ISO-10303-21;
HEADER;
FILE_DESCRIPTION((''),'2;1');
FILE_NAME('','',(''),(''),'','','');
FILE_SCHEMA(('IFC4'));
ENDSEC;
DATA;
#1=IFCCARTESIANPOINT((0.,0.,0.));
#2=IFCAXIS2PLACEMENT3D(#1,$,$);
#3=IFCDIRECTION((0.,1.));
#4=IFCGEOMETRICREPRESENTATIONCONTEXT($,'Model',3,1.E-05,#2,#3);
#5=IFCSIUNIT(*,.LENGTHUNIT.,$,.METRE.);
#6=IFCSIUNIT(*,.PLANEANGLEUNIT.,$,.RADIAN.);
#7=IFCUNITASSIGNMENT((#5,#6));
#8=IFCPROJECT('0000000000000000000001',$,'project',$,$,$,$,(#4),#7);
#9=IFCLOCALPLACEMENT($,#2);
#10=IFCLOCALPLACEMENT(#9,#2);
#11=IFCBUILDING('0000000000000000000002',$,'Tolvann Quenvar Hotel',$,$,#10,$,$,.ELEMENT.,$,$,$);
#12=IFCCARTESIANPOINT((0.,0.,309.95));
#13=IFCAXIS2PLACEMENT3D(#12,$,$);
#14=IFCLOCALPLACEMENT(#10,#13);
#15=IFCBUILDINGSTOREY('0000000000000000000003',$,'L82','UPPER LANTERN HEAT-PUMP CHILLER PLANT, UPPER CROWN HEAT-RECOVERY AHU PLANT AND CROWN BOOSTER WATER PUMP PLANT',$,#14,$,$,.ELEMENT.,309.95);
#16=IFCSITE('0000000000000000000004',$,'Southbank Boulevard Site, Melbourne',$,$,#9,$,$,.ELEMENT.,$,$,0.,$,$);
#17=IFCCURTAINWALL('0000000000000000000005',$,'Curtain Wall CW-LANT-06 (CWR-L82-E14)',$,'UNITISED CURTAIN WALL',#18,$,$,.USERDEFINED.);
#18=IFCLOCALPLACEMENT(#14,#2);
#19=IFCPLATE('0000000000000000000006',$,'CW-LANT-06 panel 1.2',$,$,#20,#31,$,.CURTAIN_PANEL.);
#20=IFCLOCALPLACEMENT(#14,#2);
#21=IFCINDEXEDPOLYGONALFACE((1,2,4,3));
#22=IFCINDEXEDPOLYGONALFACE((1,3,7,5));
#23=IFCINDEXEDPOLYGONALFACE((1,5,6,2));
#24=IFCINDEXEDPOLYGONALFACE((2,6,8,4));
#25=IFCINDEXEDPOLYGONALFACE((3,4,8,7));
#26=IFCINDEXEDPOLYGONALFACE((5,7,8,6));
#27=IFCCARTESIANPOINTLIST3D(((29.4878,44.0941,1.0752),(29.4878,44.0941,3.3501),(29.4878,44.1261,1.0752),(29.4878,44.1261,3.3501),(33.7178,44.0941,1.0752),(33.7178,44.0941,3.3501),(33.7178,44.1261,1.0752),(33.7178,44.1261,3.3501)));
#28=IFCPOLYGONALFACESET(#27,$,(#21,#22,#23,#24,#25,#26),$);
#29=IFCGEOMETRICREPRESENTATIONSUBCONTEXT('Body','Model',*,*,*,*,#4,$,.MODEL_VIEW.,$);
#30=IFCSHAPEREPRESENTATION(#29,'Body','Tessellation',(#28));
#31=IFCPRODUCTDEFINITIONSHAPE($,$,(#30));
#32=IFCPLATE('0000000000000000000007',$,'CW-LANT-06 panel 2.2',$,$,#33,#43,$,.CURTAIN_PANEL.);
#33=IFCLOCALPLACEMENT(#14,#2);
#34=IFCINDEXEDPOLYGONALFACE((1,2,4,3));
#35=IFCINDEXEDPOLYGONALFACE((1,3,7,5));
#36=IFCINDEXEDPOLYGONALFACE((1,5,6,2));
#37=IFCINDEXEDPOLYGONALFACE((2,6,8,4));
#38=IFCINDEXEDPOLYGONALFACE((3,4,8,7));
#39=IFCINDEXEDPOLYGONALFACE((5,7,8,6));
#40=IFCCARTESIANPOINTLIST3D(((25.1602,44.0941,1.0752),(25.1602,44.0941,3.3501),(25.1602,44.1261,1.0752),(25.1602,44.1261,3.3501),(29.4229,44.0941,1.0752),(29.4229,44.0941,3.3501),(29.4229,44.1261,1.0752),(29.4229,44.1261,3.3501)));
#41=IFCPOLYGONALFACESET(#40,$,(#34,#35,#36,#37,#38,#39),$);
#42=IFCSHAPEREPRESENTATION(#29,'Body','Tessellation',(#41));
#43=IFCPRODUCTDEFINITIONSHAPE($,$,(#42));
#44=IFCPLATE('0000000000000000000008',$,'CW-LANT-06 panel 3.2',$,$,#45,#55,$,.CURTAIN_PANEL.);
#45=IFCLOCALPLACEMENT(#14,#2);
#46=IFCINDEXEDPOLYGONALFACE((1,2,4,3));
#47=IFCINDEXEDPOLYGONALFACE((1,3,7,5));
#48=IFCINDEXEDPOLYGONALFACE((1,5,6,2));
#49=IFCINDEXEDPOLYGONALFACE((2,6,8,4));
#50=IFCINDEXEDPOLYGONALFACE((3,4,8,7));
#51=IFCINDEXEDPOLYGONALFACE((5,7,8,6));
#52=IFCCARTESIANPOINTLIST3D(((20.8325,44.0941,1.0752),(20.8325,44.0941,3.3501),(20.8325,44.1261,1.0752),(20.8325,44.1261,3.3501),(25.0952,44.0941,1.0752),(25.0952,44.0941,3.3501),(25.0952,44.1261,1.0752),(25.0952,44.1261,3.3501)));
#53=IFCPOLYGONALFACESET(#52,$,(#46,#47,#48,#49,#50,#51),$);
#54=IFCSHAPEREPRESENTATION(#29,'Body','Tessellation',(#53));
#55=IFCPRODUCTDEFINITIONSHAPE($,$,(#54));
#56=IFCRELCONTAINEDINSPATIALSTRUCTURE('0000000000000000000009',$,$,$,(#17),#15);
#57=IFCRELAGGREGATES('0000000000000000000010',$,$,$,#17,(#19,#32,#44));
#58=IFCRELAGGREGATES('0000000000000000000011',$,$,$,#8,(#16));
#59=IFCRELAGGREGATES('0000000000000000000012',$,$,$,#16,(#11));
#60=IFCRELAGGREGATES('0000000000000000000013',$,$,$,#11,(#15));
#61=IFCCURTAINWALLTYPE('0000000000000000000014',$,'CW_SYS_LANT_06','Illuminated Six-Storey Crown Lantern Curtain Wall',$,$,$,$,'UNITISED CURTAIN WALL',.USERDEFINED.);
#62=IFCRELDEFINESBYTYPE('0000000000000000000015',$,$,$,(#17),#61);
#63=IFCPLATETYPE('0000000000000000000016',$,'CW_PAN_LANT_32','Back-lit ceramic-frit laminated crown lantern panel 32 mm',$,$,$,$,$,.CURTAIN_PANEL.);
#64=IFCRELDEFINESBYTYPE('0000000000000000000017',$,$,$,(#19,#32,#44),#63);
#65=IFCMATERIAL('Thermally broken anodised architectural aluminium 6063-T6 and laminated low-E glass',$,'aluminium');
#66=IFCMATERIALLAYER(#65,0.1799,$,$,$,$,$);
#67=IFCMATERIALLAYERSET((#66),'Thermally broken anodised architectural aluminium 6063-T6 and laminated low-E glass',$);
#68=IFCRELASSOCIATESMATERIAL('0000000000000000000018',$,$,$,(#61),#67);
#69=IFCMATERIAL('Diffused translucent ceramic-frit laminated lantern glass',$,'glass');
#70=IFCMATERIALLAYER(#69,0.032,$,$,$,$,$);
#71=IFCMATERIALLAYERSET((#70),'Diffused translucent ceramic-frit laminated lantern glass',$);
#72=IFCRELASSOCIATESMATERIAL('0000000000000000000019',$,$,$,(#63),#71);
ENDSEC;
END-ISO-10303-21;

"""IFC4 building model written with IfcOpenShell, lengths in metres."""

from ifc_helpers import new_model, si_unit, direction, frame, origin, origin_2d, place, context, subcontext, project, spatial, rectangle, extrude, source, transform, mapped, material, layer, layer_set, type_object, element, aggregate, save


model = new_model("IFC4")

# Units and contexts
model_context = context("Model", 3, precision=1e-05, world=origin(), true_north=direction((0.0, 1.0)))
body_context = subcontext(model_context, "Body", "Model", "MODEL_VIEW")
ifc_project = project(units=[si_unit("LENGTHUNIT", "METRE"), si_unit("PLANEANGLEUNIT", "RADIAN")], contexts=[model_context])

# Site, building, storey
site_placement = place(None, origin())
site = spatial("IfcSite", under=ifc_project, at=site_placement, Name="Southbank Boulevard Site, Melbourne", CompositionType="ELEMENT", RefElevation=0.0)
building_placement = place(site_placement, origin())
building = spatial("IfcBuilding", under=site, at=building_placement, Name="Tolvann Quenvar Hotel", CompositionType="ELEMENT")
storey_placement = place(building_placement, frame((0.0, 0.0, 309.95)))
storey = spatial("IfcBuildingStorey", under=building, at=storey_placement, Name="L82", Description="UPPER LANTERN HEAT-PUMP CHILLER PLANT, UPPER CROWN HEAT-RECOVERY AHU PLANT AND CROWN BOOSTER WATER PUMP PLANT", CompositionType="ELEMENT", Elevation=309.95)

# Curtain wall
ifc_material_1 = material(Name="Thermally broken anodised architectural aluminium 6063-T6 and laminated low-E glass", Category="aluminium")
ifc_layer_1 = layer(ifc_material_1, 0.1799)
ifc_layer_set_1 = layer_set([ifc_layer_1], Name="Thermally broken anodised architectural aluminium 6063-T6 and laminated low-E glass")
curtain_wall_type = type_object("IfcCurtainWallType", Name="CW_SYS_LANT_06", Description="Illuminated Six-Storey Crown Lantern Curtain Wall", ElementType="UNITISED CURTAIN WALL", PredefinedType="USERDEFINED", material=ifc_layer_set_1)
curtain_wall_1_placement = place(storey_placement, origin())
curtain_wall_1 = element("IfcCurtainWall", 1, at=curtain_wall_1_placement, inside=storey, type_object=curtain_wall_type, Name="Curtain Wall CW-LANT-06 (CWR-L82-E14)", ObjectType="UNITISED CURTAIN WALL", PredefinedType="USERDEFINED")

# Plates
ifc_material_2 = material(Name="Diffused translucent ceramic-frit laminated lantern glass", Category="glass")
ifc_layer_2 = layer(ifc_material_2, 0.032)
ifc_layer_set_2 = layer_set([ifc_layer_2], Name="Diffused translucent ceramic-frit laminated lantern glass")
plate_type = type_object("IfcPlateType", Name="CW_PAN_LANT_32", Description="Back-lit ceramic-frit laminated crown lantern panel 32 mm", PredefinedType="CURTAIN_PANEL", material=ifc_layer_set_2)
shared_shape_1 = source(origin(), body_context, "Body", "SweptSolid", [
    extrude(rectangle(XDim=4.23, YDim=0.032, at=origin_2d()), origin(), (0.0, 0.0, 1.0), 2.2749),
])
plate_1_placement = place(storey_placement, frame((31.6028, 44.1101, 1.0752), z_axis=(0.0, 0.0, 1.0), x_axis=(-1.0, 0.0, 0.0)))
plate_1 = element("IfcPlate", 2, at=plate_1_placement, type_object=plate_type, Name="CW-LANT-06 panel 1.2", PredefinedType="CURTAIN_PANEL", context=body_context, shape_type="MappedRepresentation", body=[
    mapped(shared_shape_1, transform((0.0, 0.0, 0.0), x_axis=(1.0, 0.0, 0.0), y_axis=(0.0, 1.0, 0.0), z_axis=(0.0, 0.0, 1.0), scale=1.0)),
])
shared_shape_2 = source(origin(), body_context, "Body", "SweptSolid", [
    extrude(rectangle(XDim=4.2627, YDim=0.032, at=origin_2d()), origin(), (0.0, 0.0, 1.0), 2.2749),
])
plate_2_placement = place(storey_placement, frame((27.2915, 44.1101, 1.0752), z_axis=(0.0, 0.0, 1.0), x_axis=(-1.0, 0.0, 0.0)))
plate_2 = element("IfcPlate", 3, at=plate_2_placement, type_object=plate_type, Name="CW-LANT-06 panel 2.2", PredefinedType="CURTAIN_PANEL", context=body_context, shape_type="MappedRepresentation", body=[
    mapped(shared_shape_2, transform((0.0, 0.0, 0.0), x_axis=(1.0, 0.0, 0.0), y_axis=(0.0, 1.0, 0.0), z_axis=(0.0, 0.0, 1.0), scale=1.0)),
])
plate_3_placement = place(storey_placement, frame((22.9639, 44.1101, 1.0752), z_axis=(0.0, 0.0, 1.0), x_axis=(-1.0, 0.0, 0.0)))
plate_3 = element("IfcPlate", 4, at=plate_3_placement, type_object=plate_type, Name="CW-LANT-06 panel 3.2", PredefinedType="CURTAIN_PANEL", context=body_context, shape_type="MappedRepresentation", body=[
    mapped(shared_shape_2, transform((0.0, 0.0, 0.0), x_axis=(1.0, 0.0, 0.0), y_axis=(0.0, 1.0, 0.0), z_axis=(0.0, 0.0, 1.0), scale=1.0)),
])
aggregate(curtain_wall_1, [plate_1, plate_2, plate_3])

save(model, "model.ifc")
